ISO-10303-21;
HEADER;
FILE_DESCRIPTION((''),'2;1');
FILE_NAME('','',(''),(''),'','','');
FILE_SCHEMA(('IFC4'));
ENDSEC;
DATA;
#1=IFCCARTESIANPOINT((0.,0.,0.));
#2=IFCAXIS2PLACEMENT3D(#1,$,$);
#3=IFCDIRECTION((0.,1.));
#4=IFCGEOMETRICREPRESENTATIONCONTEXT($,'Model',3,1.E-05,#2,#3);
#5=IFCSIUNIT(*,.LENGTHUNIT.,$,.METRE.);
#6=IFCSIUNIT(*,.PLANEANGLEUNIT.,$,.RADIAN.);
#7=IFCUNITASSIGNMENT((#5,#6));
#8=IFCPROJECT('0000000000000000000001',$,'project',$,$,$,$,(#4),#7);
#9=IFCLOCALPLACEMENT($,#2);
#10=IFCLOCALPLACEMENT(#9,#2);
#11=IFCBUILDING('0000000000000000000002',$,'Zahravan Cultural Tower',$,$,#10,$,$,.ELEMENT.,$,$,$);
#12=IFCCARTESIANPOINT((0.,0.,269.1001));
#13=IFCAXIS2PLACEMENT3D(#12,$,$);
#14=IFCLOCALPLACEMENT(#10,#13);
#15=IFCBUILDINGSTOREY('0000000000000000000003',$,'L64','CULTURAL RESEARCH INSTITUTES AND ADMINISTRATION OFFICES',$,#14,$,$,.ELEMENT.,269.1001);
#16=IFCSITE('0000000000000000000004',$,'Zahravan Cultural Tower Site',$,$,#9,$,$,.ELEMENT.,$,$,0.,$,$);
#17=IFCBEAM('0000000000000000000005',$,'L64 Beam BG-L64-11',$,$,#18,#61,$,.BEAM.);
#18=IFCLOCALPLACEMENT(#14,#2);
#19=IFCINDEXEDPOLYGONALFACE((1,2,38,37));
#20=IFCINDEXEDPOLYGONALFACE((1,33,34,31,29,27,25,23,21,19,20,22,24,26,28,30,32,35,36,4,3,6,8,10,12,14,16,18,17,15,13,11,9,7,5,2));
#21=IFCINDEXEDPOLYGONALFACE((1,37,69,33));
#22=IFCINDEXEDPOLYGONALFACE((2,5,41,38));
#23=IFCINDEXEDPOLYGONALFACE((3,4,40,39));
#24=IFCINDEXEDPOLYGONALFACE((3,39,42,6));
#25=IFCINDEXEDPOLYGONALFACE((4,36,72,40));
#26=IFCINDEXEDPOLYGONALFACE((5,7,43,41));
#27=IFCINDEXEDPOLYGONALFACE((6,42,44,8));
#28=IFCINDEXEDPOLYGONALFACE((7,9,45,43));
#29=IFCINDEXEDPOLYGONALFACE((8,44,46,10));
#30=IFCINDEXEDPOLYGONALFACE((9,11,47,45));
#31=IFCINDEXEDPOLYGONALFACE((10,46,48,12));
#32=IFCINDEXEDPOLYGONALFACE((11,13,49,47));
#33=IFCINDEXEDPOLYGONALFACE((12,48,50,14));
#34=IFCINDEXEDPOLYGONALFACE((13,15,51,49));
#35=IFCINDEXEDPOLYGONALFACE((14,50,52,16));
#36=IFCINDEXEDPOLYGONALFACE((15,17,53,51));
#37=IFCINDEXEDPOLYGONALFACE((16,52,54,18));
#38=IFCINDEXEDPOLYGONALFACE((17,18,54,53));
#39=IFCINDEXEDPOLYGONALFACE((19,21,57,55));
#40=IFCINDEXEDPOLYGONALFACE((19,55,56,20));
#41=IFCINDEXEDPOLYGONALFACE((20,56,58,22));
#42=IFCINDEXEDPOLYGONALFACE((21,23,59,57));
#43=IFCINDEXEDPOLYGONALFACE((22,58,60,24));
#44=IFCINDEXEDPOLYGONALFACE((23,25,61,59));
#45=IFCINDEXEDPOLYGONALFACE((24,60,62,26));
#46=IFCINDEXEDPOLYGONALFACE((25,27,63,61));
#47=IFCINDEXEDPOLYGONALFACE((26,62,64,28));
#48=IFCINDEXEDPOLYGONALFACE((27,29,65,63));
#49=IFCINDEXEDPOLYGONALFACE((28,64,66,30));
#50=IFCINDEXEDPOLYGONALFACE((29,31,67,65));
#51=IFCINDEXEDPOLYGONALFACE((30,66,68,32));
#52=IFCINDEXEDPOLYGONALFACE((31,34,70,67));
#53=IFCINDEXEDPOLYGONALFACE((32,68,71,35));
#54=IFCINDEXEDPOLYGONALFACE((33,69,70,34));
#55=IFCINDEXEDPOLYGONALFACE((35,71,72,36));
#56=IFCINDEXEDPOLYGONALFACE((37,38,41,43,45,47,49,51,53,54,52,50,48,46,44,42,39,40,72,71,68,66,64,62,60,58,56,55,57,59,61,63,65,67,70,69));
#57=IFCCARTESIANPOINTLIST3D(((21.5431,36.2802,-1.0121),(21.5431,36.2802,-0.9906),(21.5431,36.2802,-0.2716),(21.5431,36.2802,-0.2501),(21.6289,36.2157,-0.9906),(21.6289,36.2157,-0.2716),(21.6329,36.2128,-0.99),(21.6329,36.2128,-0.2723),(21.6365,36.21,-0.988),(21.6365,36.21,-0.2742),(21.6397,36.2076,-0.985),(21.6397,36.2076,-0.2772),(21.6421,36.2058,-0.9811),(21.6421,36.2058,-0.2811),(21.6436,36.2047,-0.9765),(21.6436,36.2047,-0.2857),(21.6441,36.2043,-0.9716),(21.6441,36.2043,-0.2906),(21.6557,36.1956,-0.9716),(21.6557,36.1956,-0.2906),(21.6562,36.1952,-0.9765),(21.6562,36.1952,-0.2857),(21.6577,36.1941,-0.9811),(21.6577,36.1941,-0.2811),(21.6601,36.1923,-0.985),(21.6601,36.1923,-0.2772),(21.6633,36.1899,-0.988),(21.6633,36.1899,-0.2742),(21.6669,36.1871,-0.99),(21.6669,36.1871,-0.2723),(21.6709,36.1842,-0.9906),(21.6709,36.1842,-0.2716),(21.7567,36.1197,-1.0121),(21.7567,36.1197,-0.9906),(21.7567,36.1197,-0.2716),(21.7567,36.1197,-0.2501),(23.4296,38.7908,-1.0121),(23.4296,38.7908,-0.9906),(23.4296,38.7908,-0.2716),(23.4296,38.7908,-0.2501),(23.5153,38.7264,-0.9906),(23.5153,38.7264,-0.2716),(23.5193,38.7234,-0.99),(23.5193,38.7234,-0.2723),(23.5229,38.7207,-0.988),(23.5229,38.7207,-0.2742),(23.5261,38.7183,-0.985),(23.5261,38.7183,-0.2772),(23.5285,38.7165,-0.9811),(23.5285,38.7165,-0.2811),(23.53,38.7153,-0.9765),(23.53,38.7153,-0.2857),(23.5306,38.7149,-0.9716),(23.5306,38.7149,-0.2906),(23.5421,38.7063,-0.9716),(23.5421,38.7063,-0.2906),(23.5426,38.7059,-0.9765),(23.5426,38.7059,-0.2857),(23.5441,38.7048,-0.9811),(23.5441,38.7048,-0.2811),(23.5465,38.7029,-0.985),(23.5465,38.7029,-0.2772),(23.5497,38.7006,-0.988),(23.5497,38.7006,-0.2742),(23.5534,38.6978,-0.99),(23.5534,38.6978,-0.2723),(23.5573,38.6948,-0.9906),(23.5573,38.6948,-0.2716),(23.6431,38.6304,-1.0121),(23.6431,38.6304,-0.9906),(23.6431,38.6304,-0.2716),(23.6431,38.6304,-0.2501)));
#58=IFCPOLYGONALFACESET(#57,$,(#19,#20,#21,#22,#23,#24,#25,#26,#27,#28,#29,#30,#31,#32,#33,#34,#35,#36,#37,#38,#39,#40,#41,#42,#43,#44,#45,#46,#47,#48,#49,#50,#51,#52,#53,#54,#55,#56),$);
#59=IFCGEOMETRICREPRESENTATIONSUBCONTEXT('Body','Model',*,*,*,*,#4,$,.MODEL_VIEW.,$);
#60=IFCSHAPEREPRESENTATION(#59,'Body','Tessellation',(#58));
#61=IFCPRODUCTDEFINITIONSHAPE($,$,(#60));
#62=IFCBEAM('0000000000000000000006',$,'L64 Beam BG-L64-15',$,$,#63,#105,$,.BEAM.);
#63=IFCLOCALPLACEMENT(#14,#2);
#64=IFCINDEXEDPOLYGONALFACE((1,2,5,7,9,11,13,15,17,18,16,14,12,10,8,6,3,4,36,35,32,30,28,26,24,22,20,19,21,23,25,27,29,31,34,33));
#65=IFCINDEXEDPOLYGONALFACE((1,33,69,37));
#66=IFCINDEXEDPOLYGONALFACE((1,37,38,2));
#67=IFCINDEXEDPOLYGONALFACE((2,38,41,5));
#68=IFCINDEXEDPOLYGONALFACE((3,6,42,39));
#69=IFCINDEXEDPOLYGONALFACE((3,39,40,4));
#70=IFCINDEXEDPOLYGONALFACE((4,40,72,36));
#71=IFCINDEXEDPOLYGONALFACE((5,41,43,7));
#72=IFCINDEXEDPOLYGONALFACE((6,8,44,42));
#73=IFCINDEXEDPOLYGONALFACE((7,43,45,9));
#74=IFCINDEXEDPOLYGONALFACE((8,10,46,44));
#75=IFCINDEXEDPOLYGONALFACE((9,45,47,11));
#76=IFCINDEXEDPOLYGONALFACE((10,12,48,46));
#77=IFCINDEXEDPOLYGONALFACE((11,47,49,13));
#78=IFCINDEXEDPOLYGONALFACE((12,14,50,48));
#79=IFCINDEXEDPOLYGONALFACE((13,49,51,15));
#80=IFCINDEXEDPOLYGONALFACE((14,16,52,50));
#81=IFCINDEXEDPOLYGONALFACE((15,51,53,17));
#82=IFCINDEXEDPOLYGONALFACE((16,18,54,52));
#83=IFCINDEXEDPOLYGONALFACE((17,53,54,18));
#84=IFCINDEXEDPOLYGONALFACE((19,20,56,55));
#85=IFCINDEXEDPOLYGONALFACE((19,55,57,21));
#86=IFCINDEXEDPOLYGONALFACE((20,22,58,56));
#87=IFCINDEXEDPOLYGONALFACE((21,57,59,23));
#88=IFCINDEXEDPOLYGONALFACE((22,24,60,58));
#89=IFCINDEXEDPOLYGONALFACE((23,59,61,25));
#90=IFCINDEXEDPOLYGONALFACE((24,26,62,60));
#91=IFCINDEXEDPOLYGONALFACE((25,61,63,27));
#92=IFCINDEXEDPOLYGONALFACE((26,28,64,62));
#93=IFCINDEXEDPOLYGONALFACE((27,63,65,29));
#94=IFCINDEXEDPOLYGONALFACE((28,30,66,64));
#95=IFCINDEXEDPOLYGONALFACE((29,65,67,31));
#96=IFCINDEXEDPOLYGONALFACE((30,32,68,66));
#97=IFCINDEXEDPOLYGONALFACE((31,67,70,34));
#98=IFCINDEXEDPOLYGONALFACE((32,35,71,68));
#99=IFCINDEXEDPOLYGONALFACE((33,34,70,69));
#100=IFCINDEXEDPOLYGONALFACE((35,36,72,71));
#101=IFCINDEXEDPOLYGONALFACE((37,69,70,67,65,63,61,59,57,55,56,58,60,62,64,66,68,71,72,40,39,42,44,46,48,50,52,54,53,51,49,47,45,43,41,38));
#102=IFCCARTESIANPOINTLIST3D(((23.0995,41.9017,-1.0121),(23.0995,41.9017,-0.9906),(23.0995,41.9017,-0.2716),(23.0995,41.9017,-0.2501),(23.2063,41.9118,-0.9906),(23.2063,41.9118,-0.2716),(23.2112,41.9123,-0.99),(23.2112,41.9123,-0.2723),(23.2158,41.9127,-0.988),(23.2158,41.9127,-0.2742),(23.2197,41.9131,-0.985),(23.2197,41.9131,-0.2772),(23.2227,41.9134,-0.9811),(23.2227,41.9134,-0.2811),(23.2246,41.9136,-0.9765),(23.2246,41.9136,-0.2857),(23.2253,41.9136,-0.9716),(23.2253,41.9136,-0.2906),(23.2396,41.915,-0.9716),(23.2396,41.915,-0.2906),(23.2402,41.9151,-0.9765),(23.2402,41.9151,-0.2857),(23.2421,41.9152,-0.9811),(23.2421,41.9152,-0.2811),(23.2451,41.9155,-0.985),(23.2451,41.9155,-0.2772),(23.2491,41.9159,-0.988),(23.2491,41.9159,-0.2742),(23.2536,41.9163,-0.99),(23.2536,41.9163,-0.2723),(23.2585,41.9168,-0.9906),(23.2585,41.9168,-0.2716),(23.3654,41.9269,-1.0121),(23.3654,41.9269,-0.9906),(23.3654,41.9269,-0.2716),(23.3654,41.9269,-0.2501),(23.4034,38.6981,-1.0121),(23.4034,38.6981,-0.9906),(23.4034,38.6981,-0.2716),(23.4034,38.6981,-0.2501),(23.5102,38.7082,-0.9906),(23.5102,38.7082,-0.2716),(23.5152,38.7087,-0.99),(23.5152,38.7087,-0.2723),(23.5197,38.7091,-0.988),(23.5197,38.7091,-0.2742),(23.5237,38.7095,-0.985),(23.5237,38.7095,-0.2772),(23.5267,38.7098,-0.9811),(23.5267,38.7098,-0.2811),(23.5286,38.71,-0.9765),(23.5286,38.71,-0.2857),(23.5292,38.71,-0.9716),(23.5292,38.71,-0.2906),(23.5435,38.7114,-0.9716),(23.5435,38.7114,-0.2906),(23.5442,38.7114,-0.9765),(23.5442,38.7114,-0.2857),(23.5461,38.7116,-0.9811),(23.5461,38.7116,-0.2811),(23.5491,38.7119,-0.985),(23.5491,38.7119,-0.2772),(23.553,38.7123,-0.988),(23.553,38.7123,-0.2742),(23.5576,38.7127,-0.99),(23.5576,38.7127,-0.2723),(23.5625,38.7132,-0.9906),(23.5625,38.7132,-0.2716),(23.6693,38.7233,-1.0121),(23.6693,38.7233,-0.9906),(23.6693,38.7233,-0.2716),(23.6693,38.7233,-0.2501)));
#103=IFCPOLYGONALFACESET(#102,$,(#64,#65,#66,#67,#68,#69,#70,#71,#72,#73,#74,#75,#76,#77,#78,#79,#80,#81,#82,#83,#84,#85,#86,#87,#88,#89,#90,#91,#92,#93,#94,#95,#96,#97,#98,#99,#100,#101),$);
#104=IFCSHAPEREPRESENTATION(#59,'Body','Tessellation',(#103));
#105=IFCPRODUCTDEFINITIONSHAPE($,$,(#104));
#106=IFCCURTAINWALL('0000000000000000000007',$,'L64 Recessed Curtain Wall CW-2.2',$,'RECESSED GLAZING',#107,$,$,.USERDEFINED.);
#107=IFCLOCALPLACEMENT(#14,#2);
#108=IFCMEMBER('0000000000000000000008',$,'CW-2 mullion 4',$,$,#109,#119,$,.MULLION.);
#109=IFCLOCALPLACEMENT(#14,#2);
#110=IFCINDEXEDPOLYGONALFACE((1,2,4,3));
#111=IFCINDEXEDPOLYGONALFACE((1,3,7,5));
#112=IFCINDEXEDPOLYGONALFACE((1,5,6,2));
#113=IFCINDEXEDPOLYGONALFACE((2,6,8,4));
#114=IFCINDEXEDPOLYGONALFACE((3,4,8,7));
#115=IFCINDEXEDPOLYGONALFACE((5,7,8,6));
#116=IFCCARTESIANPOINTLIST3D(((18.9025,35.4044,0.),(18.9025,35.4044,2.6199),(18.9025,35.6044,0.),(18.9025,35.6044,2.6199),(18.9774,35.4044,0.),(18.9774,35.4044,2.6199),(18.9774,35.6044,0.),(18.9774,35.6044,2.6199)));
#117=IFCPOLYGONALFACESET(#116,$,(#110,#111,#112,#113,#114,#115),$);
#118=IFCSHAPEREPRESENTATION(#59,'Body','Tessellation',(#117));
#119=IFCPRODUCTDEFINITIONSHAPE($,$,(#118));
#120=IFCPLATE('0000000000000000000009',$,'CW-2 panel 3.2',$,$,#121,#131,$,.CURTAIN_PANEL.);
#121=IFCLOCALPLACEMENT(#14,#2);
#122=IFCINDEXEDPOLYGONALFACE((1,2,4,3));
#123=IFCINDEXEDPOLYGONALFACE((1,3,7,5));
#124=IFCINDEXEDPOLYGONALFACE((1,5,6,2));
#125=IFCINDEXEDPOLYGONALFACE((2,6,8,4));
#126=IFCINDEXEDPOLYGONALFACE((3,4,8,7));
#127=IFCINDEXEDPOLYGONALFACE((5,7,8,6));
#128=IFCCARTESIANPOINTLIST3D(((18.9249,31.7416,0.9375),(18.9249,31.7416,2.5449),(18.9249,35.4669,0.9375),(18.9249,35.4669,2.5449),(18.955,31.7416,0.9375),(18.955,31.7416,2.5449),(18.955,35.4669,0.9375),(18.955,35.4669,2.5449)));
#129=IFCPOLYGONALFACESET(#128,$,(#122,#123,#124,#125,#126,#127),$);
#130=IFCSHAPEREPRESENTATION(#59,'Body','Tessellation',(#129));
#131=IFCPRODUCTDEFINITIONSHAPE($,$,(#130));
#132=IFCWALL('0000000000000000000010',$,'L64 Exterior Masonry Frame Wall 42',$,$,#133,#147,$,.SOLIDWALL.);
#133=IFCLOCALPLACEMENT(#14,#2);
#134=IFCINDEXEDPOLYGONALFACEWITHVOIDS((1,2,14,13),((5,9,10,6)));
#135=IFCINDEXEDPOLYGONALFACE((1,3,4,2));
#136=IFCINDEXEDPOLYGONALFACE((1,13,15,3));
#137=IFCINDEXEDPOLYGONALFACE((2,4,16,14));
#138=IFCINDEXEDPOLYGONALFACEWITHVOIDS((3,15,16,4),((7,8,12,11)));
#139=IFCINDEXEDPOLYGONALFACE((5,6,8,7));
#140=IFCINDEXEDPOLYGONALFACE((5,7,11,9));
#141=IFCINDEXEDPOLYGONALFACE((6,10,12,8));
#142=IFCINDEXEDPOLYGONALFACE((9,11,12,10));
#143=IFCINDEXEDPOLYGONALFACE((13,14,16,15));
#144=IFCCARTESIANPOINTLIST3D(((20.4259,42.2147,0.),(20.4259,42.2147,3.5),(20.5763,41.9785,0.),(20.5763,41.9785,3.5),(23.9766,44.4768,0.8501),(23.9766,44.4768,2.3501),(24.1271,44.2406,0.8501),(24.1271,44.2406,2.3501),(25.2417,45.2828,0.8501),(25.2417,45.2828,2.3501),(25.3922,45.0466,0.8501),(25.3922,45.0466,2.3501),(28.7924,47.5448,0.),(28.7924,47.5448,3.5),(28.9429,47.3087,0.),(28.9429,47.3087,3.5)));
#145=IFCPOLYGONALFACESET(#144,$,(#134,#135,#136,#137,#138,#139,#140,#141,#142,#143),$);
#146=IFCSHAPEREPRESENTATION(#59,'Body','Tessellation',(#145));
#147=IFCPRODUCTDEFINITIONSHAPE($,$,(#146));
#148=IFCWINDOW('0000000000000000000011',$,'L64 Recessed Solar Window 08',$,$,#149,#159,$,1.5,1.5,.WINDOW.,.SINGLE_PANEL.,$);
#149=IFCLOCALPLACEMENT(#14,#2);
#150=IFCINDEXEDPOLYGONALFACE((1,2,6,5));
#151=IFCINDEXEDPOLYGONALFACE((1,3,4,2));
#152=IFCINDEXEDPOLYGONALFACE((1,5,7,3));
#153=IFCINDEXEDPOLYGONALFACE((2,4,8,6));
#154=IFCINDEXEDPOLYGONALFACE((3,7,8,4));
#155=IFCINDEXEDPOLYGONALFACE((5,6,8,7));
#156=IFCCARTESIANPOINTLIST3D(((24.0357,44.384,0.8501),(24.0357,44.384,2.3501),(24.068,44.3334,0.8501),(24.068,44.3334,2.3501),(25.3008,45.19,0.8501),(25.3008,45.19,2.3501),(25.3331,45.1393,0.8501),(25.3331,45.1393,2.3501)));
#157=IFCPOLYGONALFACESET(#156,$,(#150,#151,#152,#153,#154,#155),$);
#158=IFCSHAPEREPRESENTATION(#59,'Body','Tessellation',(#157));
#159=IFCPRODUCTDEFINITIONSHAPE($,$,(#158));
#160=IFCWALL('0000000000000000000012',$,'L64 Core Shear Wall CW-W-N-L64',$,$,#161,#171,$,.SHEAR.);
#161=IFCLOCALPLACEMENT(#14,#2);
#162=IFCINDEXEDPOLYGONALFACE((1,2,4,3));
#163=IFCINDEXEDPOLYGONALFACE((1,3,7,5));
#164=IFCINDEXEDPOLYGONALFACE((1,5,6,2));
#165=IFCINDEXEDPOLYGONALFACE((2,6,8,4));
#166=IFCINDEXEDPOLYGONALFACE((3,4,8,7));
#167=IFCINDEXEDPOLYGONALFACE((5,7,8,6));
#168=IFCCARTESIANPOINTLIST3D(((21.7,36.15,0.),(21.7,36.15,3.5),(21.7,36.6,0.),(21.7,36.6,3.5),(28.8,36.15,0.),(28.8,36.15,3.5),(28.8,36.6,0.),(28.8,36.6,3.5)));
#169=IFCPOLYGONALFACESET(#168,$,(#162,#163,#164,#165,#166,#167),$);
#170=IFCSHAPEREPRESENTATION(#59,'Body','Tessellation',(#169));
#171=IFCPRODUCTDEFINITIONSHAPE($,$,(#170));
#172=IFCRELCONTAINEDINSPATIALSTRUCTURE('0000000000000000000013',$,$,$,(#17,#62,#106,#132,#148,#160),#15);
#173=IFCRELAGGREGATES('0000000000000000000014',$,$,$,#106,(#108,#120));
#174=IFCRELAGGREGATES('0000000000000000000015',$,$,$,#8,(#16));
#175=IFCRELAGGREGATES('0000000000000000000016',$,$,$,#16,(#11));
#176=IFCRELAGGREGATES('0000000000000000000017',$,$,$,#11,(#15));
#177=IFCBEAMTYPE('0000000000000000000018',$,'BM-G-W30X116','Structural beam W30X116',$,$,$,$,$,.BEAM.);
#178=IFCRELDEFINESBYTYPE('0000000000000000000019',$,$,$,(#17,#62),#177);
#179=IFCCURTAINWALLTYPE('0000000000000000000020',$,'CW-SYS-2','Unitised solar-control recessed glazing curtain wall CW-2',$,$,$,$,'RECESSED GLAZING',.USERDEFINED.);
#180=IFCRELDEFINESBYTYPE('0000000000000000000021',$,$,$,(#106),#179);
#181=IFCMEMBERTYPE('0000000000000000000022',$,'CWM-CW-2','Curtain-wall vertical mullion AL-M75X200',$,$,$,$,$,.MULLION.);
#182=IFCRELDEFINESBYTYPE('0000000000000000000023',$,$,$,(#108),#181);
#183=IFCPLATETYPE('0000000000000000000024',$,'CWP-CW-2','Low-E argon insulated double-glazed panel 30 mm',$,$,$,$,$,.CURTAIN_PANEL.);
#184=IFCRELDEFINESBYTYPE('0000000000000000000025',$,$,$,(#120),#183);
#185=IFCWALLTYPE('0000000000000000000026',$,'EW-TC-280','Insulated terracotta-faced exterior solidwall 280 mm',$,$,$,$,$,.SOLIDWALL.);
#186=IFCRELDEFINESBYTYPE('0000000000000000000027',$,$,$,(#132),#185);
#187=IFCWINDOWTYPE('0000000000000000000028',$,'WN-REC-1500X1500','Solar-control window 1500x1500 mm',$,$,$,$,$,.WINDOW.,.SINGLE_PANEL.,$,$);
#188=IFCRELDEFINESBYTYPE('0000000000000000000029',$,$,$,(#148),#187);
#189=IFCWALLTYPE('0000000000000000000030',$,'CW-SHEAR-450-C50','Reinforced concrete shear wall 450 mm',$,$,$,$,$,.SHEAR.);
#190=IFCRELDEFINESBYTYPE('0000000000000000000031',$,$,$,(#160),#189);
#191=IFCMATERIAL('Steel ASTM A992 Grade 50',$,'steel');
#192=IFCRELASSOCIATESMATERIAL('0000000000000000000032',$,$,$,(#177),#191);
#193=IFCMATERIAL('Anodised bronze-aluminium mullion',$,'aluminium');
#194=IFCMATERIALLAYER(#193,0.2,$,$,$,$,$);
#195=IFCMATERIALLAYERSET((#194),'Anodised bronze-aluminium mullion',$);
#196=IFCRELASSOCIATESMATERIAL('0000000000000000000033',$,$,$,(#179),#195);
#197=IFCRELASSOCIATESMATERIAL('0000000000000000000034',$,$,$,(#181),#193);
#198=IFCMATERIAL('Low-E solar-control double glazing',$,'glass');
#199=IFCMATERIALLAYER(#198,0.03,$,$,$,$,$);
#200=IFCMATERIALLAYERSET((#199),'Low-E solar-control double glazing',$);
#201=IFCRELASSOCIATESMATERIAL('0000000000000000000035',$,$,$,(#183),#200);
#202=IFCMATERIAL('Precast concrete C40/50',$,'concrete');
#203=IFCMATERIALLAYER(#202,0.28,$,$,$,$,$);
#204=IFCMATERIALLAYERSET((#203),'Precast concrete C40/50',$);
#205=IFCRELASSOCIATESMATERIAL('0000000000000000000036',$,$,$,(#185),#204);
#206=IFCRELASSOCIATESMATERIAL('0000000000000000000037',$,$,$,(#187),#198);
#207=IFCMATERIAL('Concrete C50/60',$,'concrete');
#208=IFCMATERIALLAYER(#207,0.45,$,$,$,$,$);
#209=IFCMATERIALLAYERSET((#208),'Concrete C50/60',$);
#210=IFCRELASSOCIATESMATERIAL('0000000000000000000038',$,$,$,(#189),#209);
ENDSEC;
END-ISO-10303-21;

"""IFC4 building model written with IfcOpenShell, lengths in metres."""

from ifc_helpers import new_model, si_unit, direction, frame, frame_2d, origin, origin_2d, place, context, subcontext, project, spatial, rectangle, i_section, extrude, source, transform, mapped, material, layer, layer_set, material_profile, profile_set, type_object, element, fill, aggregate, save


model = new_model("IFC4")

# Units and contexts
model_context = context("Model", 3, precision=1e-05, world=origin(), true_north=direction((0.0, 1.0)))
body_context = subcontext(model_context, "Body", "Model", "MODEL_VIEW")
ifc_project = project(units=[si_unit("LENGTHUNIT", "METRE"), si_unit("PLANEANGLEUNIT", "RADIAN")], contexts=[model_context])

# Site, building, storey
site_placement = place(None, origin())
site = spatial("IfcSite", under=ifc_project, at=site_placement, Name="Zahravan Cultural Tower Site", CompositionType="ELEMENT", RefElevation=0.0)
building_placement = place(site_placement, origin())
building = spatial("IfcBuilding", under=site, at=building_placement, Name="Zahravan Cultural Tower", CompositionType="ELEMENT")
storey_placement = place(building_placement, frame((0.0, 0.0, 269.1001)))
storey = spatial("IfcBuildingStorey", under=building, at=storey_placement, Name="L64", Description="CULTURAL RESEARCH INSTITUTES AND ADMINISTRATION OFFICES", CompositionType="ELEMENT", Elevation=269.1001)

# Shared definitions
ifc_material_1 = material(Name="Concrete C50/60", Category="concrete")
ifc_material_2 = material(Name="Steel ASTM A992 Grade 50", Category="steel")

# Beams
ifc_material_profile_1 = material_profile(ifc_material_2, i_section(OverallWidth=0.2671, OverallDepth=0.762, WebThickness=0.0144, FlangeThickness=0.0215, FilletRadius=0.019, at=origin_2d()), Name="W30X116")
ifc_profile_set_1 = profile_set([ifc_material_profile_1], Name="Steel ASTM A992 Grade 50")
beam_type_1 = type_object("IfcBeamType", Name="BM-G-W30X116", Description="Structural beam W30X116", PredefinedType="BEAM", material=ifc_profile_set_1)
shared_shape_1 = source(origin(), body_context, "Body", "SweptSolid", [
    extrude(i_section(OverallWidth=0.2671, OverallDepth=0.762, WebThickness=0.0144, FlangeThickness=0.0215, FilletRadius=0.019, at=origin_2d()), origin(), (0.0, 0.0, 1.0), 3.1404),
])
beam_1_placement = place(storey_placement, frame((21.6499, 36.2, -0.6311), z_axis=(0.600696, 0.799477, 0.0), x_axis=(-0.799477, 0.600696, 0.0)))
element("IfcBeam", 1, at=beam_1_placement, inside=storey, type_object=beam_type_1, Name="L64 Beam BG-L64-11", PredefinedType="BEAM", context=body_context, shape_type="MappedRepresentation", body=[
    mapped(shared_shape_1, transform((0.0, 0.0, 0.0), x_axis=(1.0, 0.0, 0.0), y_axis=(0.0, 1.0, 0.0), z_axis=(0.0, 0.0, 1.0), scale=1.0)),
])
shared_shape_2 = source(origin(), body_context, "Body", "SweptSolid", [
    extrude(i_section(OverallWidth=0.2671, OverallDepth=0.762, WebThickness=0.0144, FlangeThickness=0.0215, FilletRadius=0.019, at=origin_2d()), origin(), (0.0, 0.0, 1.0), 3.218),
])
beam_2_placement = place(storey_placement, frame((23.5364, 38.7107, -0.6311), z_axis=(-0.094455, 0.995529, 0.0), x_axis=(-0.995529, -0.094455, 0.0)))
element("IfcBeam", 2, at=beam_2_placement, inside=storey, type_object=beam_type_1, Name="L64 Beam BG-L64-15", PredefinedType="BEAM", context=body_context, shape_type="MappedRepresentation", body=[
    mapped(shared_shape_2, transform((0.0, 0.0, 0.0), x_axis=(1.0, 0.0, 0.0), y_axis=(0.0, 1.0, 0.0), z_axis=(0.0, 0.0, 1.0), scale=1.0)),
])

# Curtain wall, member, plate
ifc_material_3 = material(Name="Anodised bronze-aluminium mullion", Category="aluminium")
ifc_layer_1 = layer(ifc_material_3, 0.2)
ifc_layer_set_1 = layer_set([ifc_layer_1], Name="Anodised bronze-aluminium mullion")
curtain_wall_type = type_object("IfcCurtainWallType", Name="CW-SYS-2", Description="Unitised solar-control recessed glazing curtain wall CW-2", ElementType="RECESSED GLAZING", PredefinedType="USERDEFINED", material=ifc_layer_set_1)
curtain_wall_placement = place(storey_placement, origin())
curtain_wall = element("IfcCurtainWall", 3, at=curtain_wall_placement, inside=storey, type_object=curtain_wall_type, Name="L64 Recessed Curtain Wall CW-2.2", ObjectType="RECESSED GLAZING", PredefinedType="USERDEFINED")
ifc_material_profile_2 = material_profile(ifc_material_3, rectangle(XDim=0.075, YDim=0.2, at=origin_2d()), Name="AL-M75X200")
ifc_profile_set_2 = profile_set([ifc_material_profile_2], Name="Anodised bronze-aluminium mullion")
member_type = type_object("IfcMemberType", Name="CWM-CW-2", Description="Curtain-wall vertical mullion AL-M75X200", PredefinedType="MULLION", material=ifc_profile_set_2)
shared_shape_3 = source(origin(), body_context, "Body", "SweptSolid", [
    extrude(rectangle(XDim=0.075, YDim=0.2, at=origin_2d()), origin(), (0.0, 0.0, 1.0), 2.6199),
])
member_placement = place(storey_placement, frame((18.9399, 35.5044, 0.0), z_axis=(0.0, 0.0, 1.0), x_axis=(-1.0, 0.0, 0.0)))
member = element("IfcMember", 4, at=member_placement, type_object=member_type, Name="CW-2 mullion 4", PredefinedType="MULLION", context=body_context, shape_type="MappedRepresentation", body=[
    mapped(shared_shape_3, transform((0.0, 0.0, 0.0), x_axis=(1.0, 0.0, 0.0), y_axis=(0.0, 1.0, 0.0), z_axis=(0.0, 0.0, 1.0), scale=1.0)),
])
ifc_material_4 = material(Name="Low-E solar-control double glazing", Category="glass")
ifc_layer_2 = layer(ifc_material_4, 0.03)
ifc_layer_set_2 = layer_set([ifc_layer_2], Name="Low-E solar-control double glazing")
plate_type = type_object("IfcPlateType", Name="CWP-CW-2", Description="Low-E argon insulated double-glazed panel 30 mm", PredefinedType="CURTAIN_PANEL", material=ifc_layer_set_2)
shared_shape_4 = source(origin(), body_context, "Body", "SweptSolid", [
    extrude(rectangle(XDim=3.7253, YDim=0.03, at=origin_2d()), origin(), (0.0, 0.0, 1.0), 1.6074),
])
plate_placement = place(storey_placement, frame((18.9399, 33.6042, 0.9375), z_axis=(0.0, 0.0, 1.0), x_axis=(0.0, 1.0, 0.0)))
plate = element("IfcPlate", 5, at=plate_placement, type_object=plate_type, Name="CW-2 panel 3.2", PredefinedType="CURTAIN_PANEL", context=body_context, shape_type="MappedRepresentation", body=[
    mapped(shared_shape_4, transform((0.0, 0.0, 0.0), x_axis=(1.0, 0.0, 0.0), y_axis=(0.0, 1.0, 0.0), z_axis=(0.0, 0.0, 1.0), scale=1.0)),
])
aggregate(curtain_wall, [member, plate])

# Wall, opening, window
ifc_material_5 = material(Name="Precast concrete C40/50", Category="concrete")
ifc_layer_3 = layer(ifc_material_5, 0.28)
ifc_layer_set_3 = layer_set([ifc_layer_3], Name="Precast concrete C40/50")
wall_type_1 = type_object("IfcWallType", Name="EW-TC-280", Description="Insulated terracotta-faced exterior solidwall 280 mm", PredefinedType="SOLIDWALL", material=ifc_layer_set_3)
wall_1_placement = place(storey_placement, frame((20.5012, 42.0967, 0.0), z_axis=(0.0, 0.0, 1.0), x_axis=(0.843389, 0.537304, 0.0)))
wall_1 = element("IfcWall", 6, at=wall_1_placement, inside=storey, type_object=wall_type_1, Name="L64 Exterior Masonry Frame Wall 42", PredefinedType="SOLIDWALL", context=body_context, shape_type="SweptSolid", body=[
    extrude(rectangle(XDim=9.9202, YDim=0.28, at=frame_2d((4.96, 0.0))), origin(), (0.0, 0.0, 1.0), 3.5),
])
opening_placement = place(wall_1_placement, frame((4.21, 0.0, 0.8501)))
opening = element("IfcOpeningElement", 7, at=opening_placement, cuts=wall_1, PredefinedType="OPENING", context=body_context, shape_type="SweptSolid", body=[
    extrude(rectangle(XDim=1.5, YDim=1.5, at=frame_2d((0.75, 0.75))), frame((0.0, 0.1499, 0.0), z_axis=(0.0, -1.0, 0.0), x_axis=(1.0, 0.0, 0.0)), (0.0, 0.0, 1.0), 0.3),
])
window_type = type_object("IfcWindowType", Name="WN-REC-1500X1500", Description="Solar-control window 1500x1500 mm", PartitioningType="SINGLE_PANEL", PredefinedType="WINDOW", material=ifc_material_4)
shared_shape_5 = source(origin(), body_context, "Body", "SweptSolid", [
    extrude(rectangle(XDim=1.5, YDim=1.5, at=frame_2d((0.75, 0.75))), frame((0.0, 0.03, 0.0), z_axis=(0.0, -1.0, 0.0), x_axis=(1.0, 0.0, 0.0)), (0.0, 0.0, 1.0), 0.0601),
])
window_placement = place(opening_placement, origin())
window = element("IfcWindow", 8, at=window_placement, inside=storey, type_object=window_type, Name="L64 Recessed Solar Window 08", OverallHeight=1.5, OverallWidth=1.5, PartitioningType="SINGLE_PANEL", PredefinedType="WINDOW", context=body_context, shape_type="MappedRepresentation", body=[
    mapped(shared_shape_5, transform((0.0, 0.0, 0.0), x_axis=(1.0, 0.0, 0.0), y_axis=(0.0, 1.0, 0.0), z_axis=(0.0, 0.0, 1.0), scale=1.0)),
])
fill(opening, window)

# Wall
ifc_layer_4 = layer(ifc_material_1, 0.45)
ifc_layer_set_4 = layer_set([ifc_layer_4], Name="Concrete C50/60")
wall_type_2 = type_object("IfcWallType", Name="CW-SHEAR-450-C50", Description="Reinforced concrete shear wall 450 mm", PredefinedType="SHEAR", material=ifc_layer_set_4)
shared_shape_6 = source(origin(), body_context, "Body", "SweptSolid", [
    extrude(rectangle(XDim=7.1001, YDim=0.45, at=frame_2d((3.55, 0.0))), origin(), (0.0, 0.0, 1.0), 3.5),
])
wall_2_placement = place(storey_placement, frame((21.7, 36.375, 0.0), z_axis=(0.0, 0.0, 1.0), x_axis=(1.0, 0.0, 0.0)))
element("IfcWall", 9, at=wall_2_placement, inside=storey, type_object=wall_type_2, Name="L64 Core Shear Wall CW-W-N-L64", PredefinedType="SHEAR", context=body_context, shape_type="MappedRepresentation", body=[
    mapped(shared_shape_6, transform((0.0, 0.0, 0.0), x_axis=(1.0, 0.0, 0.0), y_axis=(0.0, 1.0, 0.0), z_axis=(0.0, 0.0, 1.0), scale=1.0)),
])

save(model, "model.ifc")
